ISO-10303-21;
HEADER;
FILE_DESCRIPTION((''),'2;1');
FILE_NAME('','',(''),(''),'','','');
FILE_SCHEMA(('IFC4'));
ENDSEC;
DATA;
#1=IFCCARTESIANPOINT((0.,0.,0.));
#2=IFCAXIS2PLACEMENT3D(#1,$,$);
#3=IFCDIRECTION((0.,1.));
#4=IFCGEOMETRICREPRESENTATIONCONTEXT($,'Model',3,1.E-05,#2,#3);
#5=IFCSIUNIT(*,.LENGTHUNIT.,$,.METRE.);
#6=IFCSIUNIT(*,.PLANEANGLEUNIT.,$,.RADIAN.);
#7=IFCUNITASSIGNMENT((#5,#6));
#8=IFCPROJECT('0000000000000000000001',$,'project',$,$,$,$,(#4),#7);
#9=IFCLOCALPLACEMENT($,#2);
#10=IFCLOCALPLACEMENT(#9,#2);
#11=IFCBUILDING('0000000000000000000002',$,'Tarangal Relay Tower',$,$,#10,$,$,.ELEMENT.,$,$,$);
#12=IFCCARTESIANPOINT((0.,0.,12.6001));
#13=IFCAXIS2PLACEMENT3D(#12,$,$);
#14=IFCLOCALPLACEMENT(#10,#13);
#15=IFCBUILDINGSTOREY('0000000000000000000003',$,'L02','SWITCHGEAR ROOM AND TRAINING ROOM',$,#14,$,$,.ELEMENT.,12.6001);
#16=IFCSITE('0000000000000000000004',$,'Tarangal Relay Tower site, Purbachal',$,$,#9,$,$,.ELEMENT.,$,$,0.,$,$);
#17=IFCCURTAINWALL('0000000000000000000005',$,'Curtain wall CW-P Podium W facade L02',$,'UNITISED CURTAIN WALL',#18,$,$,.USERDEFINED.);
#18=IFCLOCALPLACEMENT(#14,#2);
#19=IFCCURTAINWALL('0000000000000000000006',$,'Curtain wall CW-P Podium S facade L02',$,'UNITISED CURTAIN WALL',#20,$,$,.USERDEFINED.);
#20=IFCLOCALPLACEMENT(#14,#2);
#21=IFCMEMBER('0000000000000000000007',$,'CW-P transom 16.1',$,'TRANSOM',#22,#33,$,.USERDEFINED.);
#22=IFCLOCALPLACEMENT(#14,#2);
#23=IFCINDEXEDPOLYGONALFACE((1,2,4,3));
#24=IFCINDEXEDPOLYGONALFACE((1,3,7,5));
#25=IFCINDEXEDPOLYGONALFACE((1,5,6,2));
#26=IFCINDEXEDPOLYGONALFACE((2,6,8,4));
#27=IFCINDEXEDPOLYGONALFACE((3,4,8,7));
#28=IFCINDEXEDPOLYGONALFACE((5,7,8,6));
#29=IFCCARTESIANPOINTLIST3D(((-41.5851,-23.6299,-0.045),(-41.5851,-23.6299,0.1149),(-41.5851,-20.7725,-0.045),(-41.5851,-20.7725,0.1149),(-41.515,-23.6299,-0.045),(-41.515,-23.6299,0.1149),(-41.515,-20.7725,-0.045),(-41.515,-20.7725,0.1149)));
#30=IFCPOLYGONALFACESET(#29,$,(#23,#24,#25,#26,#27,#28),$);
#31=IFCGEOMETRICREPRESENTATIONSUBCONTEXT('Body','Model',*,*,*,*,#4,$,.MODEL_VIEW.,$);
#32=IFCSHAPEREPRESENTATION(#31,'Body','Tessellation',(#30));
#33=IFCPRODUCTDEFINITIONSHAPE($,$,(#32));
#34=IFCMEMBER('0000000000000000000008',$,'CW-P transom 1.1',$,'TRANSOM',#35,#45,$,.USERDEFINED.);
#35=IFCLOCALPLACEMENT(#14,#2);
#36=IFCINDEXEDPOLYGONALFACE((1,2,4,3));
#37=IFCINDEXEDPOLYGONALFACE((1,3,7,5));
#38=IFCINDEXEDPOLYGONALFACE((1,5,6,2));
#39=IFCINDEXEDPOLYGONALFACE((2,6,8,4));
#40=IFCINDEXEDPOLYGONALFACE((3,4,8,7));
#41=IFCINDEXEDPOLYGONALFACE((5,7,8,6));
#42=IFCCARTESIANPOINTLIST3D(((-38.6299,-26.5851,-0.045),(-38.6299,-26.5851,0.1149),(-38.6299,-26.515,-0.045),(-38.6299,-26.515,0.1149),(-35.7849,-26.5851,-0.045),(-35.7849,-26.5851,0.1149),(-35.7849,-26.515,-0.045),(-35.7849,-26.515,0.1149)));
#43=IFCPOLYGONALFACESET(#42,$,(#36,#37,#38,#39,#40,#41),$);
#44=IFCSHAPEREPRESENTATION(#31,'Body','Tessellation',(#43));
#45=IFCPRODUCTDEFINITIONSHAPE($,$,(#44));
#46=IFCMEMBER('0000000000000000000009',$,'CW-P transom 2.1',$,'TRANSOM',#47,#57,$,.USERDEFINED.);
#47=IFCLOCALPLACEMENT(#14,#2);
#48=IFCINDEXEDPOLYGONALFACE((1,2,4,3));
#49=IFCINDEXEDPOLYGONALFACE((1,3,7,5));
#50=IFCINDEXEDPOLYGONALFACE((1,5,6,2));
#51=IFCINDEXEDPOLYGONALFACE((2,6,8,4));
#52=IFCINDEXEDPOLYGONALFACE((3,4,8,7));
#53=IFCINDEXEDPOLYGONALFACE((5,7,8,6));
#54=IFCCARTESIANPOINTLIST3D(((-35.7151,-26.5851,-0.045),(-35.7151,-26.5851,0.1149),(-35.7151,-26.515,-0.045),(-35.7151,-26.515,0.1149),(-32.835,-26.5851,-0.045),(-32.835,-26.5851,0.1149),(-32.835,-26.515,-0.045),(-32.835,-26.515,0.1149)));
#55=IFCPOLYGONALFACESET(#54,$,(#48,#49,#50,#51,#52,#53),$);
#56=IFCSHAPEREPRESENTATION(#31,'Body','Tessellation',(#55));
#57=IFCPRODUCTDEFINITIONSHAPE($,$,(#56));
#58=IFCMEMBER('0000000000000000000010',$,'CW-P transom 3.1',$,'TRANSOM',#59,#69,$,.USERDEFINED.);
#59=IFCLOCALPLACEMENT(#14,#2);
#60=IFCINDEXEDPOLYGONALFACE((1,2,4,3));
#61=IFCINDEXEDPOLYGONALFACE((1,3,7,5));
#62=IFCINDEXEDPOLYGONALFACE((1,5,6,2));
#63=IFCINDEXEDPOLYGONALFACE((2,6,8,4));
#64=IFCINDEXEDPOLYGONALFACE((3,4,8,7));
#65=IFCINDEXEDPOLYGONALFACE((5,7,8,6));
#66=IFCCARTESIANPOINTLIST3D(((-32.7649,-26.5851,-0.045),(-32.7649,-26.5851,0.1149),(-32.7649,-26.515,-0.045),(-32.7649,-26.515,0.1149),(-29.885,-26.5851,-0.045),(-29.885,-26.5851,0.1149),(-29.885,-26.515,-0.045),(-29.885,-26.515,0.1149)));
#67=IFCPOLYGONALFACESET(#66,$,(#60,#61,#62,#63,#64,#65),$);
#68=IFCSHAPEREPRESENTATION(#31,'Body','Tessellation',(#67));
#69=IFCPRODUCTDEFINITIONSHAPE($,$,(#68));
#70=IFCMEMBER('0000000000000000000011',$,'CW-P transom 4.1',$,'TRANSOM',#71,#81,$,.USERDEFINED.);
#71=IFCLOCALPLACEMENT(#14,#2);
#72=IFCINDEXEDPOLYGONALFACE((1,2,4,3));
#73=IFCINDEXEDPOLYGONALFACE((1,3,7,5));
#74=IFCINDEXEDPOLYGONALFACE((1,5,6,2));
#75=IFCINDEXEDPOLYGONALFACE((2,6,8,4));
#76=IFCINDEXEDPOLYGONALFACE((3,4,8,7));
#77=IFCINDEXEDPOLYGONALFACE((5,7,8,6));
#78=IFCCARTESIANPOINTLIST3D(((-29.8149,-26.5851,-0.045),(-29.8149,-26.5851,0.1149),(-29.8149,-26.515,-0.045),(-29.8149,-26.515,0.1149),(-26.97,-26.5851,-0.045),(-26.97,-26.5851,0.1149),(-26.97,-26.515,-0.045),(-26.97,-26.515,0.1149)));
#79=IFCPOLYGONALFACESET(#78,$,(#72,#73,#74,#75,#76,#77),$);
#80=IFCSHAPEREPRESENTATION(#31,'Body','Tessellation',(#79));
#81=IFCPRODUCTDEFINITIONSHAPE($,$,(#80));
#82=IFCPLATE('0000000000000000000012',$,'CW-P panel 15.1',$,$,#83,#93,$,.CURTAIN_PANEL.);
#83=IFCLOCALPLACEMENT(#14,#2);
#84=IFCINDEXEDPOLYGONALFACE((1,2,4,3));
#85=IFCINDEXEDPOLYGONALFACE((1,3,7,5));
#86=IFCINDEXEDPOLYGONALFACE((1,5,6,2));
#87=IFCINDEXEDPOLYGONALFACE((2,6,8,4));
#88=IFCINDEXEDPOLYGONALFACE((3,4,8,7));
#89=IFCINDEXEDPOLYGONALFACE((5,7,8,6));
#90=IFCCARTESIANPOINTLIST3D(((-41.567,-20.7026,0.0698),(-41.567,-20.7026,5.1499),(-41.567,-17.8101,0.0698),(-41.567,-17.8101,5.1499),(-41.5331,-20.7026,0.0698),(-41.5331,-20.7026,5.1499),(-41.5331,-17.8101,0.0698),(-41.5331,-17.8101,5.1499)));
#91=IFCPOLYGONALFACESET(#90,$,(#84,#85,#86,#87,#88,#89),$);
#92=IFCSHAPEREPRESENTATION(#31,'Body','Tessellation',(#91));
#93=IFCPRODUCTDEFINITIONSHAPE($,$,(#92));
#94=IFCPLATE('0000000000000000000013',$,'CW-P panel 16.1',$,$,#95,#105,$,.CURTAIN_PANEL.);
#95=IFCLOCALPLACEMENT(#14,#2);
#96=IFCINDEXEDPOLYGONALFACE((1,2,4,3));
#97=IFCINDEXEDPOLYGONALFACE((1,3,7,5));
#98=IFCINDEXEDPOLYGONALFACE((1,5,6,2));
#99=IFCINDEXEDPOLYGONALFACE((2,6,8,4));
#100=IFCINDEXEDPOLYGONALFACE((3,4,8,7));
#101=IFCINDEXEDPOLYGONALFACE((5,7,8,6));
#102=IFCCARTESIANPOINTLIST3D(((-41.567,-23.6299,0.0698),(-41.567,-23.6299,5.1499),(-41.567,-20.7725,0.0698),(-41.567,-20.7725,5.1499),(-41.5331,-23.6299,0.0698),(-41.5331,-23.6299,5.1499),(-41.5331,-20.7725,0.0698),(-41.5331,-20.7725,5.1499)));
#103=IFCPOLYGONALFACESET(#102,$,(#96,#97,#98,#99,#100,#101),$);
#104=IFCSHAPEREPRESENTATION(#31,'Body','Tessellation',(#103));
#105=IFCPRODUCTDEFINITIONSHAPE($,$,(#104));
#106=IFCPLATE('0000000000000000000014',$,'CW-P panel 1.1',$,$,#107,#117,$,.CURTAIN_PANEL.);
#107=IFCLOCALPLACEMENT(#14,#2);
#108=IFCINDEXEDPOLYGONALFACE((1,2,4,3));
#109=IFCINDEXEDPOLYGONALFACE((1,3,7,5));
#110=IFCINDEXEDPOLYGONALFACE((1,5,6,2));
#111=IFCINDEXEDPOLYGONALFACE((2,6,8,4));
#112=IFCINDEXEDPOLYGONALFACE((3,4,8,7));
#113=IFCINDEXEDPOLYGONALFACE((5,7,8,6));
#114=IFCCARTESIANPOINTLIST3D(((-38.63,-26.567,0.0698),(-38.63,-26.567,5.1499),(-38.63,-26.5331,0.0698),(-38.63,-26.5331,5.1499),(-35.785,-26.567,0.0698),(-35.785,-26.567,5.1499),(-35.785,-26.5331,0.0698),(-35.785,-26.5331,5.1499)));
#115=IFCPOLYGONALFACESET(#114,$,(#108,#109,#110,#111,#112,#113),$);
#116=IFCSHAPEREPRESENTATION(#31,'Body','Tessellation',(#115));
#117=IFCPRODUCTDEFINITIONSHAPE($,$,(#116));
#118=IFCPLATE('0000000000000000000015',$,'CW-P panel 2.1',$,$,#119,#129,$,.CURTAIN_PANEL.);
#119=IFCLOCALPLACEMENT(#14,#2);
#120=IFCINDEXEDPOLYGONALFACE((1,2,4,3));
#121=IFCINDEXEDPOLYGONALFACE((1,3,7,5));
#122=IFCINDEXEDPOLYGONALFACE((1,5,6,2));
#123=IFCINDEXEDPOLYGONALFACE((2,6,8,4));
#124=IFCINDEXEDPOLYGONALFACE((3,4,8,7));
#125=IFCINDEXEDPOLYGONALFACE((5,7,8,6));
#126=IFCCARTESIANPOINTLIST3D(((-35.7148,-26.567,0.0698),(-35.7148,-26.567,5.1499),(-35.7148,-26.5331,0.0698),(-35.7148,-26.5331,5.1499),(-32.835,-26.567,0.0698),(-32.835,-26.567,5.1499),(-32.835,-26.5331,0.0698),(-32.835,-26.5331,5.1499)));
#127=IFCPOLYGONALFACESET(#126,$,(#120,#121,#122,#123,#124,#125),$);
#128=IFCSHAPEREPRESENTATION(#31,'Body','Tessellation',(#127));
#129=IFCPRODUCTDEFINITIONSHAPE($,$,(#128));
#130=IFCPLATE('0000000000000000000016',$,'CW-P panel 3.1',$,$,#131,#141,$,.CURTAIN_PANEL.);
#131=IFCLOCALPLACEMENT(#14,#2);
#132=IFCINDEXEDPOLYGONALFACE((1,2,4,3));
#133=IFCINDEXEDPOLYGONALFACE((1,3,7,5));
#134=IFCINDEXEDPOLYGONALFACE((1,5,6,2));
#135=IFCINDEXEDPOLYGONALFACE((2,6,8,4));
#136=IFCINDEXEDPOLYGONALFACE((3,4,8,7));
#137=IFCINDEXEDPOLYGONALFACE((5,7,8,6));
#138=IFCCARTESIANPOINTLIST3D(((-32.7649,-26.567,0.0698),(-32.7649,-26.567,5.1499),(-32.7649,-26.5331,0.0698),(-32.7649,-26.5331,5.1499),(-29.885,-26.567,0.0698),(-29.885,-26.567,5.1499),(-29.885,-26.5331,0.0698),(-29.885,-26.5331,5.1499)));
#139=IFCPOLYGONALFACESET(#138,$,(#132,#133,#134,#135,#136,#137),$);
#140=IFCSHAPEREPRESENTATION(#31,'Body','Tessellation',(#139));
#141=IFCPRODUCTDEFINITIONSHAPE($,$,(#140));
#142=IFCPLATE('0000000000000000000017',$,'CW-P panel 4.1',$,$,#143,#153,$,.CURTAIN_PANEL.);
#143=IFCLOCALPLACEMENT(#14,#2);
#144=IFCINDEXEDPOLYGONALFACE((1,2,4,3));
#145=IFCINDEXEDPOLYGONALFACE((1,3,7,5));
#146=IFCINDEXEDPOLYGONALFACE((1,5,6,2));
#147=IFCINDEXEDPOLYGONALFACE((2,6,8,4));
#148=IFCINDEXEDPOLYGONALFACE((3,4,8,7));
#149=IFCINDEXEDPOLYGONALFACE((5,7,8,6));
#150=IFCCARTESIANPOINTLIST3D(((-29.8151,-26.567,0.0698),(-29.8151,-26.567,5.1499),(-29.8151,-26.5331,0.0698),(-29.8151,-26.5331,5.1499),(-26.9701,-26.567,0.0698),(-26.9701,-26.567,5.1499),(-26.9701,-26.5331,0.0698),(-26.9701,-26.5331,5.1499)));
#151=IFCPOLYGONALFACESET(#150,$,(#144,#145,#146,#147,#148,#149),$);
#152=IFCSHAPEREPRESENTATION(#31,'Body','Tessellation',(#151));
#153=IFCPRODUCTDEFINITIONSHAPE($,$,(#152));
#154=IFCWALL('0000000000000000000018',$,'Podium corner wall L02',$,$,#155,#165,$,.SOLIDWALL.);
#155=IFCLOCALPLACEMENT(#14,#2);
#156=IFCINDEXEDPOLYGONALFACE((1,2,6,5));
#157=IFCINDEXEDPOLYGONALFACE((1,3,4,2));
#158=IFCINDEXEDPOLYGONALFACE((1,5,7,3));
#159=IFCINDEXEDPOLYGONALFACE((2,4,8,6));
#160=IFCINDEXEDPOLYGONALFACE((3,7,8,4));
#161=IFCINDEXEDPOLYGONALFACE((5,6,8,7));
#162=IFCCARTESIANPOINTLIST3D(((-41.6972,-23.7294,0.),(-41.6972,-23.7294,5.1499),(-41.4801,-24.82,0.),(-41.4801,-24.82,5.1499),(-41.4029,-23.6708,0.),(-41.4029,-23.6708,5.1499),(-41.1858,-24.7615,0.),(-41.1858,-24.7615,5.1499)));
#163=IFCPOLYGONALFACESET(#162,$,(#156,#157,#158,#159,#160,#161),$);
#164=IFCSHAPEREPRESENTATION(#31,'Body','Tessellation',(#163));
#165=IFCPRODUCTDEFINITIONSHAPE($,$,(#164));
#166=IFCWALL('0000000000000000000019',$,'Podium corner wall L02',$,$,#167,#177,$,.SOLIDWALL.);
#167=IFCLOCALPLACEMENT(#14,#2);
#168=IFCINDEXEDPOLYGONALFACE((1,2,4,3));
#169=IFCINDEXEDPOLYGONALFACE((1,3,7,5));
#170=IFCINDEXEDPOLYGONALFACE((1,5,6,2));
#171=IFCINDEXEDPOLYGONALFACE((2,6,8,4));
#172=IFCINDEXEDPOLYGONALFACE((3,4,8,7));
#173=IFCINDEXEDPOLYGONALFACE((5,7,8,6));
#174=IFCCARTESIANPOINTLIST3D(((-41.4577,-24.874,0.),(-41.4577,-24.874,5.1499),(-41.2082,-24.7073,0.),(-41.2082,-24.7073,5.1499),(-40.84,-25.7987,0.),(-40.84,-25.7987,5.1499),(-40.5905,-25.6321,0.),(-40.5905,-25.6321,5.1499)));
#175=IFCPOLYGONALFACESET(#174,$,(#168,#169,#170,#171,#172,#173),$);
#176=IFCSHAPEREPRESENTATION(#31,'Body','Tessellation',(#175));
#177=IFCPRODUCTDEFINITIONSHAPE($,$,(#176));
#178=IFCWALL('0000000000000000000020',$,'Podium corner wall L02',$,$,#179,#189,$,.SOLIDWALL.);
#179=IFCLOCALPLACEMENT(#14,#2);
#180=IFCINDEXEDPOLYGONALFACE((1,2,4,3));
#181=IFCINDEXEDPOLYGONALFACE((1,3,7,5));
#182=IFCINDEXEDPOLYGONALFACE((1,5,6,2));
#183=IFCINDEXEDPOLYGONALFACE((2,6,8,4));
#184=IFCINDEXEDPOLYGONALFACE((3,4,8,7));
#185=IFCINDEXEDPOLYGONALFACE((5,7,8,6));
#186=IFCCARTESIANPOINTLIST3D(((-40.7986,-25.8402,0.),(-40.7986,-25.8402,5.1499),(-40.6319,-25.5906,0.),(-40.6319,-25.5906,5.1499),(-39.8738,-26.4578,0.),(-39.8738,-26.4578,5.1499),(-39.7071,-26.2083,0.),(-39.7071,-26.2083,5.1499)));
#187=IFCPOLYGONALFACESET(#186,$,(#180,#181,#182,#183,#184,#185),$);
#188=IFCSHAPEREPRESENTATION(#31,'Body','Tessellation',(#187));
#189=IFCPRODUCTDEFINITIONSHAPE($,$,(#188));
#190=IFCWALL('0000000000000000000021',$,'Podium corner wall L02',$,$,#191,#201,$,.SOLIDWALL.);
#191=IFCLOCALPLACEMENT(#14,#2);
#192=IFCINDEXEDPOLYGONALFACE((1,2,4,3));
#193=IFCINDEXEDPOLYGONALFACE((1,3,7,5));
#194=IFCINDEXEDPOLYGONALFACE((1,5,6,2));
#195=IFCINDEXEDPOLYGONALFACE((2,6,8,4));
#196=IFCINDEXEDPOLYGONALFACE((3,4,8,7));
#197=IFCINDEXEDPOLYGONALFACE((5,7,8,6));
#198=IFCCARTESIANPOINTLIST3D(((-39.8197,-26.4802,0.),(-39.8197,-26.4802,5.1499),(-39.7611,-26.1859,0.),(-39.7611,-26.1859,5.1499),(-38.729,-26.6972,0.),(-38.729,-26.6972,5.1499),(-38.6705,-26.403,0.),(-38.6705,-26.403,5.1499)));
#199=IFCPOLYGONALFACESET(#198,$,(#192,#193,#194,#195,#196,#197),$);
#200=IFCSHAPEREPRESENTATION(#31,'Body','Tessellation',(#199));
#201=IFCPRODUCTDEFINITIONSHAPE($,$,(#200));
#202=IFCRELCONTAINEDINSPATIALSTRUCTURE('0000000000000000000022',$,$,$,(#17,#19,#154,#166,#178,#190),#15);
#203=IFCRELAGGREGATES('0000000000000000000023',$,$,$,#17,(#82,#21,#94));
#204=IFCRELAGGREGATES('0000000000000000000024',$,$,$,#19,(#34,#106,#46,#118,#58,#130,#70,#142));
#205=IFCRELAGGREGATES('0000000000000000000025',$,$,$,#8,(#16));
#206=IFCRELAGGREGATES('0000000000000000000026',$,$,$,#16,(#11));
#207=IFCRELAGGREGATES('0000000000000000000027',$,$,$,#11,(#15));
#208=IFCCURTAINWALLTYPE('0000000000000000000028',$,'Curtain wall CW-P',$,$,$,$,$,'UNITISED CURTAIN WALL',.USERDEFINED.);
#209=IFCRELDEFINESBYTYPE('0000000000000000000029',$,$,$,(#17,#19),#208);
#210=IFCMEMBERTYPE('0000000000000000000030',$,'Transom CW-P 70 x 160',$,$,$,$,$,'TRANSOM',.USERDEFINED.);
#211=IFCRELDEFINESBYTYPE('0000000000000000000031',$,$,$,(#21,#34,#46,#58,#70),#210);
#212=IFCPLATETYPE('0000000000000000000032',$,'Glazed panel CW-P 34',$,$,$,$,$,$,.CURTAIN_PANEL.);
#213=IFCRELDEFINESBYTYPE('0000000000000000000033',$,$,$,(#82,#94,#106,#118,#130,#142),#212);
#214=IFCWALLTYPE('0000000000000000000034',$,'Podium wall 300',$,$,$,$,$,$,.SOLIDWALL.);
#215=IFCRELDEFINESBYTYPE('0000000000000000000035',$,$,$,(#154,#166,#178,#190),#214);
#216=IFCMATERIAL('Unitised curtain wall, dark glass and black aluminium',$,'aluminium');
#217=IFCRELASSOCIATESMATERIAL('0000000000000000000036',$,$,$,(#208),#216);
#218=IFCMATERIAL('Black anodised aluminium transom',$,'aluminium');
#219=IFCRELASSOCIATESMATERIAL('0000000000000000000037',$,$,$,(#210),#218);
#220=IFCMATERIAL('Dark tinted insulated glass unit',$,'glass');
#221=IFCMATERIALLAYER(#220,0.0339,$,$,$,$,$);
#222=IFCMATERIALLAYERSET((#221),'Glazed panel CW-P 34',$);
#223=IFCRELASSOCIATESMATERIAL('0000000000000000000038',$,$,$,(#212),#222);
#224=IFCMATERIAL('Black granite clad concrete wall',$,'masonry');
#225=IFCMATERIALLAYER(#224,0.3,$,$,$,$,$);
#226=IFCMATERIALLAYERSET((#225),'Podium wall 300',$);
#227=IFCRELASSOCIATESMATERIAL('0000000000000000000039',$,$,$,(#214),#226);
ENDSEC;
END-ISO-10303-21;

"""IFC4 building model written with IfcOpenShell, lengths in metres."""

from ifc_helpers import new_model, si_unit, direction, frame, frame_2d, origin, origin_2d, place, context, subcontext, project, spatial, rectangle, extrude, material, layer, layer_set, material_profile, profile_set, type_object, element, aggregate, save


model = new_model("IFC4")

# Units and contexts
model_context = context("Model", 3, precision=1e-05, world=origin(), true_north=direction((0.0, 1.0)))
body_context = subcontext(model_context, "Body", "Model", "MODEL_VIEW")
ifc_project = project(units=[si_unit("LENGTHUNIT", "METRE"), si_unit("PLANEANGLEUNIT", "RADIAN")], contexts=[model_context])

# Site, building, storey
site_placement = place(None, origin())
site = spatial("IfcSite", under=ifc_project, at=site_placement, Name="Tarangal Relay Tower site, Purbachal", CompositionType="ELEMENT", RefElevation=0.0)
building_placement = place(site_placement, origin())
building = spatial("IfcBuilding", under=site, at=building_placement, Name="Tarangal Relay Tower", CompositionType="ELEMENT")
storey_placement = place(building_placement, frame((0.0, 0.0, 12.6001)))
storey = spatial("IfcBuildingStorey", under=building, at=storey_placement, Name="L02", Description="SWITCHGEAR ROOM AND TRAINING ROOM", CompositionType="ELEMENT", Elevation=12.6001)

# Curtain walls
ifc_material_1 = material(Name="Unitised curtain wall, dark glass and black aluminium", Category="aluminium")
curtain_wall_type = type_object("IfcCurtainWallType", Name="Curtain wall CW-P", ElementType="UNITISED CURTAIN WALL", PredefinedType="USERDEFINED", material=ifc_material_1)
curtain_wall_1_placement = place(storey_placement, origin())
curtain_wall_1 = element("IfcCurtainWall", 1, at=curtain_wall_1_placement, inside=storey, type_object=curtain_wall_type, Name="Curtain wall CW-P Podium W facade L02", ObjectType="UNITISED CURTAIN WALL", PredefinedType="USERDEFINED")
curtain_wall_2_placement = place(storey_placement, origin())
curtain_wall_2 = element("IfcCurtainWall", 2, at=curtain_wall_2_placement, inside=storey, type_object=curtain_wall_type, Name="Curtain wall CW-P Podium S facade L02", ObjectType="UNITISED CURTAIN WALL", PredefinedType="USERDEFINED")

# Members
ifc_material_2 = material(Name="Black anodised aluminium transom", Category="aluminium")
ifc_material_profile_1 = material_profile(ifc_material_2, rectangle(XDim=0.0701, YDim=0.1599, at=origin_2d()), Name="CW-PT 70X160")
ifc_profile_set_1 = profile_set([ifc_material_profile_1], Name="Black anodised aluminium transom")
member_type_1 = type_object("IfcMemberType", Name="Transom CW-P 70 x 160", ElementType="TRANSOM", PredefinedType="USERDEFINED", material=ifc_profile_set_1)
member_1_placement = place(storey_placement, frame((-41.55, -20.7725, 0.0349), z_axis=(0.0, -1.0, 0.0), x_axis=(1.0, 0.0, 0.0)))
member_1 = element("IfcMember", 3, at=member_1_placement, type_object=member_type_1, Name="CW-P transom 16.1", ObjectType="TRANSOM", PredefinedType="USERDEFINED", context=body_context, shape_type="SweptSolid", body=[
    extrude(rectangle(XDim=0.0701, YDim=0.1599, at=origin_2d()), origin(), (0.0, 0.0, 1.0), 2.8574),
])
member_2_placement = place(storey_placement, frame((-38.6299, -26.55, 0.0349), z_axis=(1.0, 0.0, 0.0), x_axis=(0.0, 1.0, 0.0)))
member_2 = element("IfcMember", 4, at=member_2_placement, type_object=member_type_1, Name="CW-P transom 1.1", ObjectType="TRANSOM", PredefinedType="USERDEFINED", context=body_context, shape_type="SweptSolid", body=[
    extrude(rectangle(XDim=0.0701, YDim=0.1599, at=origin_2d()), origin(), (0.0, 0.0, 1.0), 2.845),
])
member_3_placement = place(storey_placement, frame((-35.7151, -26.55, 0.0349), z_axis=(1.0, 0.0, 0.0), x_axis=(0.0, 1.0, 0.0)))
member_3 = element("IfcMember", 5, at=member_3_placement, type_object=member_type_1, Name="CW-P transom 2.1", ObjectType="TRANSOM", PredefinedType="USERDEFINED", context=body_context, shape_type="SweptSolid", body=[
    extrude(rectangle(XDim=0.0701, YDim=0.1599, at=origin_2d()), origin(), (0.0, 0.0, 1.0), 2.8801),
])
member_4_placement = place(storey_placement, frame((-32.7649, -26.55, 0.0349), z_axis=(1.0, 0.0, 0.0), x_axis=(0.0, 1.0, 0.0)))
member_4 = element("IfcMember", 6, at=member_4_placement, type_object=member_type_1, Name="CW-P transom 3.1", ObjectType="TRANSOM", PredefinedType="USERDEFINED", context=body_context, shape_type="SweptSolid", body=[
    extrude(rectangle(XDim=0.0701, YDim=0.1599, at=origin_2d()), origin(), (0.0, 0.0, 1.0), 2.8799),
])
member_5_placement = place(storey_placement, frame((-29.8149, -26.55, 0.0349), z_axis=(1.0, 0.0, 0.0), x_axis=(0.0, 1.0, 0.0)))
member_5 = element("IfcMember", 7, at=member_5_placement, type_object=member_type_1, Name="CW-P transom 4.1", ObjectType="TRANSOM", PredefinedType="USERDEFINED", context=body_context, shape_type="SweptSolid", body=[
    extrude(rectangle(XDim=0.0701, YDim=0.1599, at=origin_2d()), origin(), (0.0, 0.0, 1.0), 2.845),
])

# Plates
ifc_material_3 = material(Name="Dark tinted insulated glass unit", Category="glass")
ifc_layer_1 = layer(ifc_material_3, 0.0339)
ifc_layer_set_1 = layer_set([ifc_layer_1], Name="Glazed panel CW-P 34")
plate_type = type_object("IfcPlateType", Name="Glazed panel CW-P 34", PredefinedType="CURTAIN_PANEL", material=ifc_layer_set_1)
plate_1_placement = place(storey_placement, frame((-41.55, -19.2563, 0.0698), z_axis=(0.0, 0.0, 1.0), x_axis=(0.0, -1.0, 0.0)))
plate_1 = element("IfcPlate", 8, at=plate_1_placement, type_object=plate_type, Name="CW-P panel 15.1", PredefinedType="CURTAIN_PANEL", context=body_context, shape_type="SweptSolid", body=[
    extrude(rectangle(XDim=2.8926, YDim=0.0339, at=origin_2d()), origin(), (0.0, 0.0, 1.0), 5.0801),
])
plate_2_placement = place(storey_placement, frame((-41.55, -22.2012, 0.0698), z_axis=(0.0, 0.0, 1.0), x_axis=(0.0, -1.0, 0.0)))
plate_2 = element("IfcPlate", 9, at=plate_2_placement, type_object=plate_type, Name="CW-P panel 16.1", PredefinedType="CURTAIN_PANEL", context=body_context, shape_type="SweptSolid", body=[
    extrude(rectangle(XDim=2.8574, YDim=0.0339, at=origin_2d()), origin(), (0.0, 0.0, 1.0), 5.0801),
])
aggregate(curtain_wall_1, [plate_1, member_1, plate_2])
plate_3_placement = place(storey_placement, frame((-37.2075, -26.55, 0.0698), z_axis=(0.0, 0.0, 1.0), x_axis=(1.0, 0.0, 0.0)))
plate_3 = element("IfcPlate", 10, at=plate_3_placement, type_object=plate_type, Name="CW-P panel 1.1", PredefinedType="CURTAIN_PANEL", context=body_context, shape_type="SweptSolid", body=[
    extrude(rectangle(XDim=2.845, YDim=0.0339, at=origin_2d()), origin(), (0.0, 0.0, 1.0), 5.0801),
])
plate_4_placement = place(storey_placement, frame((-34.2749, -26.55, 0.0698), z_axis=(0.0, 0.0, 1.0), x_axis=(1.0, 0.0, 0.0)))
plate_4 = element("IfcPlate", 11, at=plate_4_placement, type_object=plate_type, Name="CW-P panel 2.1", PredefinedType="CURTAIN_PANEL", context=body_context, shape_type="SweptSolid", body=[
    extrude(rectangle(XDim=2.8799, YDim=0.0339, at=origin_2d()), origin(), (0.0, 0.0, 1.0), 5.0801),
])
plate_5_placement = place(storey_placement, frame((-31.325, -26.55, 0.0698), z_axis=(0.0, 0.0, 1.0), x_axis=(1.0, 0.0, 0.0)))
plate_5 = element("IfcPlate", 12, at=plate_5_placement, type_object=plate_type, Name="CW-P panel 3.1", PredefinedType="CURTAIN_PANEL", context=body_context, shape_type="SweptSolid", body=[
    extrude(rectangle(XDim=2.8799, YDim=0.0339, at=origin_2d()), origin(), (0.0, 0.0, 1.0), 5.0801),
])
plate_6_placement = place(storey_placement, frame((-28.3926, -26.55, 0.0698), z_axis=(0.0, 0.0, 1.0), x_axis=(1.0, 0.0, 0.0)))
plate_6 = element("IfcPlate", 13, at=plate_6_placement, type_object=plate_type, Name="CW-P panel 4.1", PredefinedType="CURTAIN_PANEL", context=body_context, shape_type="SweptSolid", body=[
    extrude(rectangle(XDim=2.845, YDim=0.0339, at=origin_2d()), origin(), (0.0, 0.0, 1.0), 5.0801),
])
aggregate(curtain_wall_2, [member_2, plate_3, member_3, plate_4, member_4, plate_5, member_5, plate_6])

# Walls
ifc_material_4 = material(Name="Black granite clad concrete wall", Category="masonry")
ifc_layer_2 = layer(ifc_material_4, 0.3)
ifc_layer_set_2 = layer_set([ifc_layer_2], Name="Podium wall 300")
wall_type = type_object("IfcWallType", Name="Podium wall 300", PredefinedType="SOLIDWALL", material=ifc_layer_set_2)
for number, where, z_axis, x_axis, name in (
    (14, (-41.55, -23.7, 0.0), (0.0, 0.0, 1.0), (0.195187, -0.980766, 0.0), "Podium corner wall L02"),
    (15, (-41.333, -24.7905, 0.0), (0.0, 0.0, 1.0), (0.555409, -0.831577, 0.0), "Podium corner wall L02"),
    (16, (-40.7153, -25.7153, 0.0), (0.0, 0.0, 1.0), (0.831577, -0.555409, 0.0), "Podium corner wall L02"),
    (17, (-39.7905, -26.333, 0.0), (0.0, 0.0, 1.0), (0.980766, -0.195187, 0.0), "Podium corner wall L02"),
):
    element("IfcWall", number, at=place(storey_placement, frame(where, z_axis=z_axis, x_axis=x_axis)), inside=storey, type_object=wall_type, Name=name, PredefinedType="SOLIDWALL", context=body_context, shape_type="SweptSolid", body=[
        extrude(rectangle(XDim=1.1121, YDim=0.3, at=frame_2d((0.5562, 0.0))), origin(), (0.0, 0.0, 1.0), 5.1499),
    ])

save(model, "model.ifc")
